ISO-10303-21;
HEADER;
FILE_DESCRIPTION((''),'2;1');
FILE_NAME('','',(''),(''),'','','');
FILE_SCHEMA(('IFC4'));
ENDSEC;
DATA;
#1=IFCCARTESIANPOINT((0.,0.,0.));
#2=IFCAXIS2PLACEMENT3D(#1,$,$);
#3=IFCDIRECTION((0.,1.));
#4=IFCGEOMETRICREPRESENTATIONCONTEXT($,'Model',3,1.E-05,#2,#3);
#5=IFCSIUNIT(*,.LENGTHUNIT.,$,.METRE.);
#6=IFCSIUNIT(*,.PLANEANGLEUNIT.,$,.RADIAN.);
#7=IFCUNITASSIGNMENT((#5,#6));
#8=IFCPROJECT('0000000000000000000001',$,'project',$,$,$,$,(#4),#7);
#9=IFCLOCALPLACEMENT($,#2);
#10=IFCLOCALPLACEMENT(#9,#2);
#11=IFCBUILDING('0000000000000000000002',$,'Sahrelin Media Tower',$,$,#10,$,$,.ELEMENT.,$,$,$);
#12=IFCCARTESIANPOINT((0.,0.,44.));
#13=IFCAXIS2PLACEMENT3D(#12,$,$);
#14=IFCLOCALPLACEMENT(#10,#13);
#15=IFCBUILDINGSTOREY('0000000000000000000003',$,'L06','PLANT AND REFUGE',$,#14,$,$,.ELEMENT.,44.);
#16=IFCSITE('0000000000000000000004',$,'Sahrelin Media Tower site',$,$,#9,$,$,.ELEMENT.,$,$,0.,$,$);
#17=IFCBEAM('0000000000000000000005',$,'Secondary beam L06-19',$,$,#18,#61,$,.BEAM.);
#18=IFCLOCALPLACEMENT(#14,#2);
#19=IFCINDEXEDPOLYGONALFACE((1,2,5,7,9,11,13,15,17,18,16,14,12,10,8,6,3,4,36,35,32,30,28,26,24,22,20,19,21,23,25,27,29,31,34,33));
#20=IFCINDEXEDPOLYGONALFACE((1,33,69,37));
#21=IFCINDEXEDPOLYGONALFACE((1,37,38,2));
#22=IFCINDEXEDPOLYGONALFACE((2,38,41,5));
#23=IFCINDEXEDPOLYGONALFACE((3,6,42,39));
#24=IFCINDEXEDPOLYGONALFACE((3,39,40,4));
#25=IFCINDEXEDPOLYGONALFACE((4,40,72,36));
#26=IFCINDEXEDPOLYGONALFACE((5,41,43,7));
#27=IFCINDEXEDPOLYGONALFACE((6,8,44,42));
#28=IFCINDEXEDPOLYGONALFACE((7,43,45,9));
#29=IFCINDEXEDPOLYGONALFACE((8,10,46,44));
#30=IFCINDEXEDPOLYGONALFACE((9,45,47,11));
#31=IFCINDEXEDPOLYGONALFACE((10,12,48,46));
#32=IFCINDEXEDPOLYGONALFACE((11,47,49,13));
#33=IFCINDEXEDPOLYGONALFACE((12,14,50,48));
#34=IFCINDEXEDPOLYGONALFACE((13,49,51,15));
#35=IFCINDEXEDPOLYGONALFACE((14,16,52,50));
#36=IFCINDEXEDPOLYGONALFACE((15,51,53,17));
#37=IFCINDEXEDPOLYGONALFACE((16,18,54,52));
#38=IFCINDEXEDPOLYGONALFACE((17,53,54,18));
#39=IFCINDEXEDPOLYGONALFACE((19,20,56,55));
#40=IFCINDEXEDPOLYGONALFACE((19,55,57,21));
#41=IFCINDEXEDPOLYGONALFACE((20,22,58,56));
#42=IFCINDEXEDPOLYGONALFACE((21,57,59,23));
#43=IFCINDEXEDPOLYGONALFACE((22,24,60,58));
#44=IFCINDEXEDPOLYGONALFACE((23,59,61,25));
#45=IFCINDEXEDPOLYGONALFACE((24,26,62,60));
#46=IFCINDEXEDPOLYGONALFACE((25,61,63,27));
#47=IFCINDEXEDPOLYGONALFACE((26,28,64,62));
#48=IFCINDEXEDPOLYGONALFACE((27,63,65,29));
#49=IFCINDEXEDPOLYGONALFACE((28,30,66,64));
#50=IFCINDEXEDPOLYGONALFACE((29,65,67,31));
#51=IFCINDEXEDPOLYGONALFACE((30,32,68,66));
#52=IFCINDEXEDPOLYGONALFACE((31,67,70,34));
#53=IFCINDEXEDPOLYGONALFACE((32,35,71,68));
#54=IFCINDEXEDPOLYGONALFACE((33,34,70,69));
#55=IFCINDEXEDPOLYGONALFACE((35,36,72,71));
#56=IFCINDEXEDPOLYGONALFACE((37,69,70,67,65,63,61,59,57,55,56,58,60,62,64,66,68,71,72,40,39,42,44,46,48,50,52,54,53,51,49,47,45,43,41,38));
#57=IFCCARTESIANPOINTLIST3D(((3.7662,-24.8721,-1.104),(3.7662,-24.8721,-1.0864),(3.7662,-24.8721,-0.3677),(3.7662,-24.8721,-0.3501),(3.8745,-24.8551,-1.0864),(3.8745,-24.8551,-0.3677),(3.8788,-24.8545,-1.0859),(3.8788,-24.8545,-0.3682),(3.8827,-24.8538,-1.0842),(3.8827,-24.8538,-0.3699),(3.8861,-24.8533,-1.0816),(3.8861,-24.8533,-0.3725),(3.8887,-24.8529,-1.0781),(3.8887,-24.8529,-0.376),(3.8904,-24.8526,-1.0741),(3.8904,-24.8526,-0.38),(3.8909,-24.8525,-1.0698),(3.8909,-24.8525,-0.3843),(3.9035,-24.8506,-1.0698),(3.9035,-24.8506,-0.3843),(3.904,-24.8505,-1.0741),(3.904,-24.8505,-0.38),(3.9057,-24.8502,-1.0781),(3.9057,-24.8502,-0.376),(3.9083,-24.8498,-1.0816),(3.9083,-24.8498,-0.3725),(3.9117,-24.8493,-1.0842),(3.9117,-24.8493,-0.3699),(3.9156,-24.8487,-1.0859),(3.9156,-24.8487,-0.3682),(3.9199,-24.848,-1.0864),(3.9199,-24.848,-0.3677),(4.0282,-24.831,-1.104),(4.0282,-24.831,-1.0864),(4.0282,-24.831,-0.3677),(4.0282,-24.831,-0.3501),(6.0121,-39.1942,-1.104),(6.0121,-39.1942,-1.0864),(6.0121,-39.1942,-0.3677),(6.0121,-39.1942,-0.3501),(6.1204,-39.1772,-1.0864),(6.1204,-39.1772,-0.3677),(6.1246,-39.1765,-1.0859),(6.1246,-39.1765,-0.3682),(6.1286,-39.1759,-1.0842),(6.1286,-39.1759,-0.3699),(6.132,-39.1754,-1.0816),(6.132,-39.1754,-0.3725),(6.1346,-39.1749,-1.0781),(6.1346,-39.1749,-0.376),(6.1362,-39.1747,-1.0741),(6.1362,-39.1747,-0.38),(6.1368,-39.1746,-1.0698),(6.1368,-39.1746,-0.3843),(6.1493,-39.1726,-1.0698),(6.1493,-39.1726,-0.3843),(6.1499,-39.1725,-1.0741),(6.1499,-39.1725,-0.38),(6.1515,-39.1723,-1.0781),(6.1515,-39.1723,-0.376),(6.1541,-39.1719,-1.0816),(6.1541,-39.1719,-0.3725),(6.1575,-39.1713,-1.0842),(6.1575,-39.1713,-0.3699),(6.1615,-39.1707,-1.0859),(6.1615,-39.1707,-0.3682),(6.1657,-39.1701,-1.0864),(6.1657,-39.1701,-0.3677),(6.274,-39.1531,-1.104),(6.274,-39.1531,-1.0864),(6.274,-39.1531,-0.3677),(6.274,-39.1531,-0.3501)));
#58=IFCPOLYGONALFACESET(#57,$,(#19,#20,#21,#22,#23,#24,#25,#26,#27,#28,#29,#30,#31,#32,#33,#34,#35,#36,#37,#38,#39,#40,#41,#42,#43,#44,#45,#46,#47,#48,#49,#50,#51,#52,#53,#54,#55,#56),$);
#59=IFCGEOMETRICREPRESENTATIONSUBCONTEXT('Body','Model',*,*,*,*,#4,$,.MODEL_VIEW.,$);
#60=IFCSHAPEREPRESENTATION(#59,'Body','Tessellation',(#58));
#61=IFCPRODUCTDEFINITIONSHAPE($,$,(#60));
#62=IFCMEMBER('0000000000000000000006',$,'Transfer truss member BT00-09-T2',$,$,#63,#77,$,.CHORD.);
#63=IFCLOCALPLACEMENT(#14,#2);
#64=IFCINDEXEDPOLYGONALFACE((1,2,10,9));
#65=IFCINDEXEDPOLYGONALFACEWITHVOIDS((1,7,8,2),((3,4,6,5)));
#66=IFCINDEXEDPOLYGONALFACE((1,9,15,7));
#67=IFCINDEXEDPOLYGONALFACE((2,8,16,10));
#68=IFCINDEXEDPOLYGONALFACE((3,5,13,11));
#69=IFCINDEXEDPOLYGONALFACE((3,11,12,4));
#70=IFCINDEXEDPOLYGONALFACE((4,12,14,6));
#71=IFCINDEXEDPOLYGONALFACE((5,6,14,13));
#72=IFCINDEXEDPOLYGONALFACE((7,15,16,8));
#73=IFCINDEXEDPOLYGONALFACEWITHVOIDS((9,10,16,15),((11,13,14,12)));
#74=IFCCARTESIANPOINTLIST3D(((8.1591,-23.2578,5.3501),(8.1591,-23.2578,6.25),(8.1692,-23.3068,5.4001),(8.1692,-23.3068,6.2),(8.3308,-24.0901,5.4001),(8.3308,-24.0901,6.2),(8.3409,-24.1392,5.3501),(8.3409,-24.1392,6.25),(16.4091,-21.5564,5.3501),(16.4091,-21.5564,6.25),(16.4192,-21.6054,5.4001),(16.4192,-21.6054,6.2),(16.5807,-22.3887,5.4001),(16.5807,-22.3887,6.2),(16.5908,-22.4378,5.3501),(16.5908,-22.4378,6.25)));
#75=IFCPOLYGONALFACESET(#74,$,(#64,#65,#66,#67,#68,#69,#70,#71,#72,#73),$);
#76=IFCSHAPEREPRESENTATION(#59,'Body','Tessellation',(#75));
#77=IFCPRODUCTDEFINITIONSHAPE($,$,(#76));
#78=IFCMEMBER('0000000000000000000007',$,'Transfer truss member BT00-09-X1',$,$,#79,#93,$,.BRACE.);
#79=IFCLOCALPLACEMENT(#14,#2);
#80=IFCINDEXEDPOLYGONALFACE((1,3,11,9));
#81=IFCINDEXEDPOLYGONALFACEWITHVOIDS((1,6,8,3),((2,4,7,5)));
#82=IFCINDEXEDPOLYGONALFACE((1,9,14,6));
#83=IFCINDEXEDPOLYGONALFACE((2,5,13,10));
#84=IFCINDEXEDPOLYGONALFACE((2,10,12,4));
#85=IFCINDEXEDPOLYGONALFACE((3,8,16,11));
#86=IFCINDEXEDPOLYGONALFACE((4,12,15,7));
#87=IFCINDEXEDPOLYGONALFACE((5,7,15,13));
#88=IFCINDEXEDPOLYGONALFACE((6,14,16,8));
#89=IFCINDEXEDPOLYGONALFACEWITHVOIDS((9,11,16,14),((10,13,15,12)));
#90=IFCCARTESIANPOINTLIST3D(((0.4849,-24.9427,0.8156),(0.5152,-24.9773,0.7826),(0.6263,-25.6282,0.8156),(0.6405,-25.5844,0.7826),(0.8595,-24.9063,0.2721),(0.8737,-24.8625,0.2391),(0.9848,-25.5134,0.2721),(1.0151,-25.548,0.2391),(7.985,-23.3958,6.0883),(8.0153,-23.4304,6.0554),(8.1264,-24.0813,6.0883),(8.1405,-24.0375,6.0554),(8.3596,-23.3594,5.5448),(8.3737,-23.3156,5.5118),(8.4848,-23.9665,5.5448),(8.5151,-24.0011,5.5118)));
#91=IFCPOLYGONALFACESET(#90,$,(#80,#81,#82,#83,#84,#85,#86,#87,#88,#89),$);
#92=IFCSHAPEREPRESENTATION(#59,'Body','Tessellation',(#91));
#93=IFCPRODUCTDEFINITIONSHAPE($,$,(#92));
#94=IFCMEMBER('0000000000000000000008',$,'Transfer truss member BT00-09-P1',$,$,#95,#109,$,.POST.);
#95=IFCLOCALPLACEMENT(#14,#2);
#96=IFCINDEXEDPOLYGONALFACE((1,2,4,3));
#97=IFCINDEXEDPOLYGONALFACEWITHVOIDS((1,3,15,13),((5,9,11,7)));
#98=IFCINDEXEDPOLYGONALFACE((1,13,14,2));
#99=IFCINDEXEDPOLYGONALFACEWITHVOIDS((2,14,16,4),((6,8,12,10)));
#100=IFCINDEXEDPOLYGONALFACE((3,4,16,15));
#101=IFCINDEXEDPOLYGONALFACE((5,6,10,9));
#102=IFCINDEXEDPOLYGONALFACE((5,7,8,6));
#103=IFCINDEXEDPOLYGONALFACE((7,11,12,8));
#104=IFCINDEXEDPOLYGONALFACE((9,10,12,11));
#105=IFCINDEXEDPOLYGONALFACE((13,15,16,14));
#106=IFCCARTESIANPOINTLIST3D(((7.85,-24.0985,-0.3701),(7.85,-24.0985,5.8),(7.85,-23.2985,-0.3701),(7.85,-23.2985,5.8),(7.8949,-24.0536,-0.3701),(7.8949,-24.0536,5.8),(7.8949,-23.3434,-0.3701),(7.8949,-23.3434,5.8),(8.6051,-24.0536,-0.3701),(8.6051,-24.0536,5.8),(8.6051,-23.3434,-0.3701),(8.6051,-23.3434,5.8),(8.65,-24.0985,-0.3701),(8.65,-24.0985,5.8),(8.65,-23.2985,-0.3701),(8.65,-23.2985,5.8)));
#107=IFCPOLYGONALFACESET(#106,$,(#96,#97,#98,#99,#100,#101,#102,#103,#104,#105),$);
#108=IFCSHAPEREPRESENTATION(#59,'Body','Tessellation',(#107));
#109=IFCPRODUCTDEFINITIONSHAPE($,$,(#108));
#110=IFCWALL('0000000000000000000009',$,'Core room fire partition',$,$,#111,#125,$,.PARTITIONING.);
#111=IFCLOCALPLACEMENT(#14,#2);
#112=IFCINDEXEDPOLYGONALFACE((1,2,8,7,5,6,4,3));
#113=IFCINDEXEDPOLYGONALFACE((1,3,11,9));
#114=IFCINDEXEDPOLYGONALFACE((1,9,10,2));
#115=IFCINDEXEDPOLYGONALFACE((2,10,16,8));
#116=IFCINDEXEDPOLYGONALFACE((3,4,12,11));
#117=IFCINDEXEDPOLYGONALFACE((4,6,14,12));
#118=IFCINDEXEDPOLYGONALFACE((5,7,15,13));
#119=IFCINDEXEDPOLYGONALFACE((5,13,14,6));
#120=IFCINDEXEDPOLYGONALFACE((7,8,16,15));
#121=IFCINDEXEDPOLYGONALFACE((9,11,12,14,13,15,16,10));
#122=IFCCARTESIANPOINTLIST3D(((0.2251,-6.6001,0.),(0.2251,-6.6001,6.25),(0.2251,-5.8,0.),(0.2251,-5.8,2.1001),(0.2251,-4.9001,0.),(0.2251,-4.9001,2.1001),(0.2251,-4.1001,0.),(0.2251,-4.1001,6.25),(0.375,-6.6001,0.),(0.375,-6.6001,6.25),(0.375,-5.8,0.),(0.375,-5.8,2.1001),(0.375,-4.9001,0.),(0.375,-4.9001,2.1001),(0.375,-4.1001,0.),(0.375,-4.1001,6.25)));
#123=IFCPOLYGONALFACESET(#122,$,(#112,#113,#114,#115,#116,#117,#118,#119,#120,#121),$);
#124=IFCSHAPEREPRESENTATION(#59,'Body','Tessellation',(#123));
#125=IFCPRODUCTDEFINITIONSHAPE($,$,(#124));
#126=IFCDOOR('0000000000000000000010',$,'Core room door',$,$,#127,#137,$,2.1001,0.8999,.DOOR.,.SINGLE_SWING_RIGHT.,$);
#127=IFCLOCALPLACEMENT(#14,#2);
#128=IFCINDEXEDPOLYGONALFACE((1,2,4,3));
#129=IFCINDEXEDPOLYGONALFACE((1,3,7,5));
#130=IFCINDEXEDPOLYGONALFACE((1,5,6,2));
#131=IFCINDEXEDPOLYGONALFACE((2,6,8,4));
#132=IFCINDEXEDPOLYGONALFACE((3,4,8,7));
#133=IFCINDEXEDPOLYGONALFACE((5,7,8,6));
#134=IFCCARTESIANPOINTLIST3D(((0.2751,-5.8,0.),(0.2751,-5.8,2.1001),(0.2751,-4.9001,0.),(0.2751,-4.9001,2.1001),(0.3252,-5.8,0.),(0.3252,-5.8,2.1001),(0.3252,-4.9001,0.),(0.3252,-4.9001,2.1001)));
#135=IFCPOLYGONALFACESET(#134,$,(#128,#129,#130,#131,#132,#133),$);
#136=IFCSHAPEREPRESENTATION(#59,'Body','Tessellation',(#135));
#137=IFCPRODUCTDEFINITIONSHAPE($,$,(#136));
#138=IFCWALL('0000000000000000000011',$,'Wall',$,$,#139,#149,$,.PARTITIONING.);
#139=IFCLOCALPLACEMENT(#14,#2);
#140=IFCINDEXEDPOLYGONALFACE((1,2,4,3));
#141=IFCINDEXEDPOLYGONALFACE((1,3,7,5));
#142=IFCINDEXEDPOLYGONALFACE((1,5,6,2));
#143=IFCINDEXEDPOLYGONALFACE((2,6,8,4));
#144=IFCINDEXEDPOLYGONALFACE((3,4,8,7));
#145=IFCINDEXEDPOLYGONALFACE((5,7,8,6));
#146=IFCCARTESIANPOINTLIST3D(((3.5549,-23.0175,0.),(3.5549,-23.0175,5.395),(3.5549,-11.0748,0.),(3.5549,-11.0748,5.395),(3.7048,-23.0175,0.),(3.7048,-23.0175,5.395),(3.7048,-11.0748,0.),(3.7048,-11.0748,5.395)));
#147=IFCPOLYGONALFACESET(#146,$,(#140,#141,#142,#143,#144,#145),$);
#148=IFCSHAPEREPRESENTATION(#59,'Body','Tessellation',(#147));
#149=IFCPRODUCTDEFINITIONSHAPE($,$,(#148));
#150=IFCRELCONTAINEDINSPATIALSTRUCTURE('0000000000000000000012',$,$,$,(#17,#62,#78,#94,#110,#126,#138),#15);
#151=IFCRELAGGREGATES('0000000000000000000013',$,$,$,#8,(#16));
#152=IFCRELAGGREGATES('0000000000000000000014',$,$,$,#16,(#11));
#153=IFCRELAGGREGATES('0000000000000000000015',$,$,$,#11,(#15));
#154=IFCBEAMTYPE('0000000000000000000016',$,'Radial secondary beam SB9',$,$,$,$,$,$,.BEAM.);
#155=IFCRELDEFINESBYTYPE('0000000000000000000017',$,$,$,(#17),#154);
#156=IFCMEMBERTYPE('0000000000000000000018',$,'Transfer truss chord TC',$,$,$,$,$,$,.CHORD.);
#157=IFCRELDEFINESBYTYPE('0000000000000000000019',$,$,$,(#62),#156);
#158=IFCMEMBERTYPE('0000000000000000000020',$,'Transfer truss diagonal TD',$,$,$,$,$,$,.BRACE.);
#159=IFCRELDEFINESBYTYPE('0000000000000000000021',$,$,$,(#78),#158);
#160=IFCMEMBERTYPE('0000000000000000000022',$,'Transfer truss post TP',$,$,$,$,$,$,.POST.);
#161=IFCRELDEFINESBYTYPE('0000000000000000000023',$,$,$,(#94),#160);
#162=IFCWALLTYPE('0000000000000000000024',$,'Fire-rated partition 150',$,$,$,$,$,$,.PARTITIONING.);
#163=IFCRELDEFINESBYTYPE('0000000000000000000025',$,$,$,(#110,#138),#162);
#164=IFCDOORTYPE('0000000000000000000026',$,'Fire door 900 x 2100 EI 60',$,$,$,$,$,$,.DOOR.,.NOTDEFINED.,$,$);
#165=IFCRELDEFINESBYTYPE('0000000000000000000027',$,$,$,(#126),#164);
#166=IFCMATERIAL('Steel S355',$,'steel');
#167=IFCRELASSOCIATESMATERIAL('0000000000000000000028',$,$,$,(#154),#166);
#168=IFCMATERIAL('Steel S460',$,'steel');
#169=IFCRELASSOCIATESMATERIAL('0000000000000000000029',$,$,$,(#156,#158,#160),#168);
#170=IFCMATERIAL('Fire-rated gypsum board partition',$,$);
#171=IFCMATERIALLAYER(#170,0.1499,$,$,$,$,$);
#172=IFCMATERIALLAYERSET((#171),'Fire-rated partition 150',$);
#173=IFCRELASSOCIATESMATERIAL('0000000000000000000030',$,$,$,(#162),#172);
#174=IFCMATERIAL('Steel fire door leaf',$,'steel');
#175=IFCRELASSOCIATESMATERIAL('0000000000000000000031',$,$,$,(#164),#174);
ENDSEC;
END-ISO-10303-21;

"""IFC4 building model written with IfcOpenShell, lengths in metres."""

from ifc_helpers import new_model, si_unit, direction, frame, frame_2d, origin, origin_2d, place, context, subcontext, project, spatial, rectangle, hollow_rectangle, i_section, extrude, material, layer, layer_set, material_profile, profile_set, type_object, element, fill, save


model = new_model("IFC4")

# Units and contexts
model_context = context("Model", 3, precision=1e-05, world=origin(), true_north=direction((0.0, 1.0)))
body_context = subcontext(model_context, "Body", "Model", "MODEL_VIEW")
ifc_project = project(units=[si_unit("LENGTHUNIT", "METRE"), si_unit("PLANEANGLEUNIT", "RADIAN")], contexts=[model_context])

# Site, building, storey
site_placement = place(None, origin())
site = spatial("IfcSite", under=ifc_project, at=site_placement, Name="Sahrelin Media Tower site", CompositionType="ELEMENT", RefElevation=0.0)
building_placement = place(site_placement, origin())
building = spatial("IfcBuilding", under=site, at=building_placement, Name="Sahrelin Media Tower", CompositionType="ELEMENT")
storey_placement = place(building_placement, frame((0.0, 0.0, 44.0)))
storey = spatial("IfcBuildingStorey", under=building, at=storey_placement, Name="L06", Description="PLANT AND REFUGE", CompositionType="ELEMENT", Elevation=44.0)

# Shared definitions
ifc_material_1 = material(Name="Steel S460", Category="steel")

# Beam
ifc_material_2 = material(Name="Steel S355", Category="steel")
ifc_material_profile_1 = material_profile(ifc_material_2, i_section(OverallWidth=0.2651, OverallDepth=0.7539, WebThickness=0.0127, FlangeThickness=0.0176, FilletRadius=0.0166, at=origin_2d()), Name="UB 762x267x147")
ifc_profile_set_1 = profile_set([ifc_material_profile_1], Name="Steel S355")
beam_type_1 = type_object("IfcBeamType", Name="Radial secondary beam SB9", PredefinedType="BEAM", material=ifc_profile_set_1)
beam_1_placement = place(storey_placement, frame((3.8972, -24.8516, -0.7271), z_axis=(0.154918, -0.987927, 0.0), x_axis=(0.987927, 0.154918, 0.0)))
element("IfcBeam", 1, at=beam_1_placement, inside=storey, type_object=beam_type_1, Name="Secondary beam L06-19", PredefinedType="BEAM", context=body_context, shape_type="SweptSolid", body=[
    extrude(i_section(OverallWidth=0.2651, OverallDepth=0.7539, WebThickness=0.0127, FlangeThickness=0.0176, FilletRadius=0.0166, at=origin_2d()), origin(), (0.0, 0.0, 1.0), 14.4971),
])

# Members
ifc_material_profile_2 = material_profile(ifc_material_1, hollow_rectangle(XDim=0.8999, YDim=0.8999, WallThickness=0.05, at=origin_2d()), Name="Transfer truss chord TC")
ifc_profile_set_2 = profile_set([ifc_material_profile_2], Name="Steel S460")
member_type_1 = type_object("IfcMemberType", Name="Transfer truss chord TC", PredefinedType="CHORD", material=ifc_profile_set_2)
member_1_placement = place(storey_placement, frame((8.25, -23.6985, 5.8), z_axis=(0.979389, 0.201982, 0.0), x_axis=(-0.201982, 0.979389, 0.0)))
element("IfcMember", 2, at=member_1_placement, inside=storey, type_object=member_type_1, Name="Transfer truss member BT00-09-T2", PredefinedType="CHORD", context=body_context, shape_type="SweptSolid", body=[
    extrude(hollow_rectangle(XDim=0.8999, YDim=0.8999, WallThickness=0.05, at=origin_2d()), origin(), (0.0, 0.0, 1.0), 8.4236),
])
ifc_material_profile_3 = material_profile(ifc_material_1, hollow_rectangle(XDim=0.7, YDim=0.7, WallThickness=0.04, at=origin_2d()), Name="Transfer truss diagonal TD")
ifc_profile_set_3 = profile_set([ifc_material_profile_3], Name="Steel S460")
member_type_2 = type_object("IfcMemberType", Name="Transfer truss diagonal TD", PredefinedType="BRACE", material=ifc_profile_set_3)
member_2_placement = place(storey_placement, frame((0.75, -25.2454, 0.5273), z_axis=(0.806665, 0.166375, 0.567108), x_axis=(-0.201998, 0.979386, 0.0)))
element("IfcMember", 3, at=member_2_placement, inside=storey, type_object=member_type_2, Name="Transfer truss member BT00-09-X1", PredefinedType="BRACE", context=body_context, shape_type="SweptSolid", body=[
    extrude(hollow_rectangle(XDim=0.7, YDim=0.7, WallThickness=0.04, at=origin_2d()), origin(), (0.0, 0.0, 1.0), 9.2976),
])
ifc_material_profile_4 = material_profile(ifc_material_1, hollow_rectangle(XDim=0.8, YDim=0.8, WallThickness=0.0449, at=origin_2d()), Name="Transfer truss post TP")
ifc_profile_set_4 = profile_set([ifc_material_profile_4], Name="Steel S460")
member_type_3 = type_object("IfcMemberType", Name="Transfer truss post TP", PredefinedType="POST", material=ifc_profile_set_4)
member_3_placement = place(storey_placement, frame((8.25, -23.6985, -0.3701), z_axis=(0.0, 0.0, 1.0), x_axis=(1.0, 0.0, 0.0)))
element("IfcMember", 4, at=member_3_placement, inside=storey, type_object=member_type_3, Name="Transfer truss member BT00-09-P1", PredefinedType="POST", context=body_context, shape_type="SweptSolid", body=[
    extrude(hollow_rectangle(XDim=0.8, YDim=0.8, WallThickness=0.0449, at=origin_2d()), origin(), (0.0, 0.0, 1.0), 6.1702),
])

# Wall, opening, door
ifc_material_3 = material(Name="Fire-rated gypsum board partition")
ifc_layer_1 = layer(ifc_material_3, 0.1499)
ifc_layer_set_1 = layer_set([ifc_layer_1], Name="Fire-rated partition 150")
wall_type_1 = type_object("IfcWallType", Name="Fire-rated partition 150", PredefinedType="PARTITIONING", material=ifc_layer_set_1)
wall_1_placement = place(storey_placement, frame((0.3, -6.6001, 0.0), z_axis=(0.0, 0.0, 1.0), x_axis=(0.0, 1.0, 0.0)))
wall_1 = element("IfcWall", 5, at=wall_1_placement, inside=storey, type_object=wall_type_1, Name="Core room fire partition", PredefinedType="PARTITIONING", context=body_context, shape_type="SweptSolid", body=[
    extrude(rectangle(XDim=2.5, YDim=0.1499, at=frame_2d((1.25, 0.0))), origin(), (0.0, 0.0, 1.0), 6.25),
])
opening_1_placement = place(wall_1_placement, frame((0.8, 0.0, 0.0)))
opening_1 = element("IfcOpeningElement", 6, at=opening_1_placement, cuts=wall_1, PredefinedType="OPENING", context=body_context, shape_type="SweptSolid", body=[
    extrude(rectangle(XDim=0.8999, YDim=2.1001, at=frame_2d((0.45, 1.05))), frame((0.0, 0.075, 0.0), z_axis=(0.0, -1.0, 0.0), x_axis=(1.0, 0.0, 0.0)), (0.0, 0.0, 1.0), 0.1499),
])
ifc_material_4 = material(Name="Steel fire door leaf", Category="steel")
door_type_1 = type_object("IfcDoorType", Name="Fire door 900 x 2100 EI 60", OperationType="NOTDEFINED", PredefinedType="DOOR", material=ifc_material_4)
door_1_placement = place(opening_1_placement, origin())
door_1 = element("IfcDoor", 7, at=door_1_placement, inside=storey, type_object=door_type_1, Name="Core room door", OperationType="SINGLE_SWING_RIGHT", OverallHeight=2.1001, OverallWidth=0.8999, PredefinedType="DOOR", context=body_context, shape_type="SweptSolid", body=[
    extrude(rectangle(XDim=0.8999, YDim=2.1001, at=frame_2d((0.45, 1.05))), frame((0.0, 0.0249, 0.0), z_axis=(0.0, -1.0, 0.0), x_axis=(1.0, 0.0, 0.0)), (0.0, 0.0, 1.0), 0.05),
])
fill(opening_1, door_1)

# Wall
wall_2_placement = place(storey_placement, frame((3.6299, -11.075, 0.0), z_axis=(0.0, 0.0, 1.0), x_axis=(0.0, -1.0, 0.0)))
element("IfcWall", 8, at=wall_2_placement, inside=storey, type_object=wall_type_1, Name="Wall", PredefinedType="PARTITIONING", context=body_context, shape_type="SweptSolid", body=[
    extrude(rectangle(XDim=11.9426, YDim=0.1499, at=frame_2d((5.9712, 0.0))), origin(), (0.0, 0.0, 1.0), 5.395),
])

save(model, "model.ifc")
